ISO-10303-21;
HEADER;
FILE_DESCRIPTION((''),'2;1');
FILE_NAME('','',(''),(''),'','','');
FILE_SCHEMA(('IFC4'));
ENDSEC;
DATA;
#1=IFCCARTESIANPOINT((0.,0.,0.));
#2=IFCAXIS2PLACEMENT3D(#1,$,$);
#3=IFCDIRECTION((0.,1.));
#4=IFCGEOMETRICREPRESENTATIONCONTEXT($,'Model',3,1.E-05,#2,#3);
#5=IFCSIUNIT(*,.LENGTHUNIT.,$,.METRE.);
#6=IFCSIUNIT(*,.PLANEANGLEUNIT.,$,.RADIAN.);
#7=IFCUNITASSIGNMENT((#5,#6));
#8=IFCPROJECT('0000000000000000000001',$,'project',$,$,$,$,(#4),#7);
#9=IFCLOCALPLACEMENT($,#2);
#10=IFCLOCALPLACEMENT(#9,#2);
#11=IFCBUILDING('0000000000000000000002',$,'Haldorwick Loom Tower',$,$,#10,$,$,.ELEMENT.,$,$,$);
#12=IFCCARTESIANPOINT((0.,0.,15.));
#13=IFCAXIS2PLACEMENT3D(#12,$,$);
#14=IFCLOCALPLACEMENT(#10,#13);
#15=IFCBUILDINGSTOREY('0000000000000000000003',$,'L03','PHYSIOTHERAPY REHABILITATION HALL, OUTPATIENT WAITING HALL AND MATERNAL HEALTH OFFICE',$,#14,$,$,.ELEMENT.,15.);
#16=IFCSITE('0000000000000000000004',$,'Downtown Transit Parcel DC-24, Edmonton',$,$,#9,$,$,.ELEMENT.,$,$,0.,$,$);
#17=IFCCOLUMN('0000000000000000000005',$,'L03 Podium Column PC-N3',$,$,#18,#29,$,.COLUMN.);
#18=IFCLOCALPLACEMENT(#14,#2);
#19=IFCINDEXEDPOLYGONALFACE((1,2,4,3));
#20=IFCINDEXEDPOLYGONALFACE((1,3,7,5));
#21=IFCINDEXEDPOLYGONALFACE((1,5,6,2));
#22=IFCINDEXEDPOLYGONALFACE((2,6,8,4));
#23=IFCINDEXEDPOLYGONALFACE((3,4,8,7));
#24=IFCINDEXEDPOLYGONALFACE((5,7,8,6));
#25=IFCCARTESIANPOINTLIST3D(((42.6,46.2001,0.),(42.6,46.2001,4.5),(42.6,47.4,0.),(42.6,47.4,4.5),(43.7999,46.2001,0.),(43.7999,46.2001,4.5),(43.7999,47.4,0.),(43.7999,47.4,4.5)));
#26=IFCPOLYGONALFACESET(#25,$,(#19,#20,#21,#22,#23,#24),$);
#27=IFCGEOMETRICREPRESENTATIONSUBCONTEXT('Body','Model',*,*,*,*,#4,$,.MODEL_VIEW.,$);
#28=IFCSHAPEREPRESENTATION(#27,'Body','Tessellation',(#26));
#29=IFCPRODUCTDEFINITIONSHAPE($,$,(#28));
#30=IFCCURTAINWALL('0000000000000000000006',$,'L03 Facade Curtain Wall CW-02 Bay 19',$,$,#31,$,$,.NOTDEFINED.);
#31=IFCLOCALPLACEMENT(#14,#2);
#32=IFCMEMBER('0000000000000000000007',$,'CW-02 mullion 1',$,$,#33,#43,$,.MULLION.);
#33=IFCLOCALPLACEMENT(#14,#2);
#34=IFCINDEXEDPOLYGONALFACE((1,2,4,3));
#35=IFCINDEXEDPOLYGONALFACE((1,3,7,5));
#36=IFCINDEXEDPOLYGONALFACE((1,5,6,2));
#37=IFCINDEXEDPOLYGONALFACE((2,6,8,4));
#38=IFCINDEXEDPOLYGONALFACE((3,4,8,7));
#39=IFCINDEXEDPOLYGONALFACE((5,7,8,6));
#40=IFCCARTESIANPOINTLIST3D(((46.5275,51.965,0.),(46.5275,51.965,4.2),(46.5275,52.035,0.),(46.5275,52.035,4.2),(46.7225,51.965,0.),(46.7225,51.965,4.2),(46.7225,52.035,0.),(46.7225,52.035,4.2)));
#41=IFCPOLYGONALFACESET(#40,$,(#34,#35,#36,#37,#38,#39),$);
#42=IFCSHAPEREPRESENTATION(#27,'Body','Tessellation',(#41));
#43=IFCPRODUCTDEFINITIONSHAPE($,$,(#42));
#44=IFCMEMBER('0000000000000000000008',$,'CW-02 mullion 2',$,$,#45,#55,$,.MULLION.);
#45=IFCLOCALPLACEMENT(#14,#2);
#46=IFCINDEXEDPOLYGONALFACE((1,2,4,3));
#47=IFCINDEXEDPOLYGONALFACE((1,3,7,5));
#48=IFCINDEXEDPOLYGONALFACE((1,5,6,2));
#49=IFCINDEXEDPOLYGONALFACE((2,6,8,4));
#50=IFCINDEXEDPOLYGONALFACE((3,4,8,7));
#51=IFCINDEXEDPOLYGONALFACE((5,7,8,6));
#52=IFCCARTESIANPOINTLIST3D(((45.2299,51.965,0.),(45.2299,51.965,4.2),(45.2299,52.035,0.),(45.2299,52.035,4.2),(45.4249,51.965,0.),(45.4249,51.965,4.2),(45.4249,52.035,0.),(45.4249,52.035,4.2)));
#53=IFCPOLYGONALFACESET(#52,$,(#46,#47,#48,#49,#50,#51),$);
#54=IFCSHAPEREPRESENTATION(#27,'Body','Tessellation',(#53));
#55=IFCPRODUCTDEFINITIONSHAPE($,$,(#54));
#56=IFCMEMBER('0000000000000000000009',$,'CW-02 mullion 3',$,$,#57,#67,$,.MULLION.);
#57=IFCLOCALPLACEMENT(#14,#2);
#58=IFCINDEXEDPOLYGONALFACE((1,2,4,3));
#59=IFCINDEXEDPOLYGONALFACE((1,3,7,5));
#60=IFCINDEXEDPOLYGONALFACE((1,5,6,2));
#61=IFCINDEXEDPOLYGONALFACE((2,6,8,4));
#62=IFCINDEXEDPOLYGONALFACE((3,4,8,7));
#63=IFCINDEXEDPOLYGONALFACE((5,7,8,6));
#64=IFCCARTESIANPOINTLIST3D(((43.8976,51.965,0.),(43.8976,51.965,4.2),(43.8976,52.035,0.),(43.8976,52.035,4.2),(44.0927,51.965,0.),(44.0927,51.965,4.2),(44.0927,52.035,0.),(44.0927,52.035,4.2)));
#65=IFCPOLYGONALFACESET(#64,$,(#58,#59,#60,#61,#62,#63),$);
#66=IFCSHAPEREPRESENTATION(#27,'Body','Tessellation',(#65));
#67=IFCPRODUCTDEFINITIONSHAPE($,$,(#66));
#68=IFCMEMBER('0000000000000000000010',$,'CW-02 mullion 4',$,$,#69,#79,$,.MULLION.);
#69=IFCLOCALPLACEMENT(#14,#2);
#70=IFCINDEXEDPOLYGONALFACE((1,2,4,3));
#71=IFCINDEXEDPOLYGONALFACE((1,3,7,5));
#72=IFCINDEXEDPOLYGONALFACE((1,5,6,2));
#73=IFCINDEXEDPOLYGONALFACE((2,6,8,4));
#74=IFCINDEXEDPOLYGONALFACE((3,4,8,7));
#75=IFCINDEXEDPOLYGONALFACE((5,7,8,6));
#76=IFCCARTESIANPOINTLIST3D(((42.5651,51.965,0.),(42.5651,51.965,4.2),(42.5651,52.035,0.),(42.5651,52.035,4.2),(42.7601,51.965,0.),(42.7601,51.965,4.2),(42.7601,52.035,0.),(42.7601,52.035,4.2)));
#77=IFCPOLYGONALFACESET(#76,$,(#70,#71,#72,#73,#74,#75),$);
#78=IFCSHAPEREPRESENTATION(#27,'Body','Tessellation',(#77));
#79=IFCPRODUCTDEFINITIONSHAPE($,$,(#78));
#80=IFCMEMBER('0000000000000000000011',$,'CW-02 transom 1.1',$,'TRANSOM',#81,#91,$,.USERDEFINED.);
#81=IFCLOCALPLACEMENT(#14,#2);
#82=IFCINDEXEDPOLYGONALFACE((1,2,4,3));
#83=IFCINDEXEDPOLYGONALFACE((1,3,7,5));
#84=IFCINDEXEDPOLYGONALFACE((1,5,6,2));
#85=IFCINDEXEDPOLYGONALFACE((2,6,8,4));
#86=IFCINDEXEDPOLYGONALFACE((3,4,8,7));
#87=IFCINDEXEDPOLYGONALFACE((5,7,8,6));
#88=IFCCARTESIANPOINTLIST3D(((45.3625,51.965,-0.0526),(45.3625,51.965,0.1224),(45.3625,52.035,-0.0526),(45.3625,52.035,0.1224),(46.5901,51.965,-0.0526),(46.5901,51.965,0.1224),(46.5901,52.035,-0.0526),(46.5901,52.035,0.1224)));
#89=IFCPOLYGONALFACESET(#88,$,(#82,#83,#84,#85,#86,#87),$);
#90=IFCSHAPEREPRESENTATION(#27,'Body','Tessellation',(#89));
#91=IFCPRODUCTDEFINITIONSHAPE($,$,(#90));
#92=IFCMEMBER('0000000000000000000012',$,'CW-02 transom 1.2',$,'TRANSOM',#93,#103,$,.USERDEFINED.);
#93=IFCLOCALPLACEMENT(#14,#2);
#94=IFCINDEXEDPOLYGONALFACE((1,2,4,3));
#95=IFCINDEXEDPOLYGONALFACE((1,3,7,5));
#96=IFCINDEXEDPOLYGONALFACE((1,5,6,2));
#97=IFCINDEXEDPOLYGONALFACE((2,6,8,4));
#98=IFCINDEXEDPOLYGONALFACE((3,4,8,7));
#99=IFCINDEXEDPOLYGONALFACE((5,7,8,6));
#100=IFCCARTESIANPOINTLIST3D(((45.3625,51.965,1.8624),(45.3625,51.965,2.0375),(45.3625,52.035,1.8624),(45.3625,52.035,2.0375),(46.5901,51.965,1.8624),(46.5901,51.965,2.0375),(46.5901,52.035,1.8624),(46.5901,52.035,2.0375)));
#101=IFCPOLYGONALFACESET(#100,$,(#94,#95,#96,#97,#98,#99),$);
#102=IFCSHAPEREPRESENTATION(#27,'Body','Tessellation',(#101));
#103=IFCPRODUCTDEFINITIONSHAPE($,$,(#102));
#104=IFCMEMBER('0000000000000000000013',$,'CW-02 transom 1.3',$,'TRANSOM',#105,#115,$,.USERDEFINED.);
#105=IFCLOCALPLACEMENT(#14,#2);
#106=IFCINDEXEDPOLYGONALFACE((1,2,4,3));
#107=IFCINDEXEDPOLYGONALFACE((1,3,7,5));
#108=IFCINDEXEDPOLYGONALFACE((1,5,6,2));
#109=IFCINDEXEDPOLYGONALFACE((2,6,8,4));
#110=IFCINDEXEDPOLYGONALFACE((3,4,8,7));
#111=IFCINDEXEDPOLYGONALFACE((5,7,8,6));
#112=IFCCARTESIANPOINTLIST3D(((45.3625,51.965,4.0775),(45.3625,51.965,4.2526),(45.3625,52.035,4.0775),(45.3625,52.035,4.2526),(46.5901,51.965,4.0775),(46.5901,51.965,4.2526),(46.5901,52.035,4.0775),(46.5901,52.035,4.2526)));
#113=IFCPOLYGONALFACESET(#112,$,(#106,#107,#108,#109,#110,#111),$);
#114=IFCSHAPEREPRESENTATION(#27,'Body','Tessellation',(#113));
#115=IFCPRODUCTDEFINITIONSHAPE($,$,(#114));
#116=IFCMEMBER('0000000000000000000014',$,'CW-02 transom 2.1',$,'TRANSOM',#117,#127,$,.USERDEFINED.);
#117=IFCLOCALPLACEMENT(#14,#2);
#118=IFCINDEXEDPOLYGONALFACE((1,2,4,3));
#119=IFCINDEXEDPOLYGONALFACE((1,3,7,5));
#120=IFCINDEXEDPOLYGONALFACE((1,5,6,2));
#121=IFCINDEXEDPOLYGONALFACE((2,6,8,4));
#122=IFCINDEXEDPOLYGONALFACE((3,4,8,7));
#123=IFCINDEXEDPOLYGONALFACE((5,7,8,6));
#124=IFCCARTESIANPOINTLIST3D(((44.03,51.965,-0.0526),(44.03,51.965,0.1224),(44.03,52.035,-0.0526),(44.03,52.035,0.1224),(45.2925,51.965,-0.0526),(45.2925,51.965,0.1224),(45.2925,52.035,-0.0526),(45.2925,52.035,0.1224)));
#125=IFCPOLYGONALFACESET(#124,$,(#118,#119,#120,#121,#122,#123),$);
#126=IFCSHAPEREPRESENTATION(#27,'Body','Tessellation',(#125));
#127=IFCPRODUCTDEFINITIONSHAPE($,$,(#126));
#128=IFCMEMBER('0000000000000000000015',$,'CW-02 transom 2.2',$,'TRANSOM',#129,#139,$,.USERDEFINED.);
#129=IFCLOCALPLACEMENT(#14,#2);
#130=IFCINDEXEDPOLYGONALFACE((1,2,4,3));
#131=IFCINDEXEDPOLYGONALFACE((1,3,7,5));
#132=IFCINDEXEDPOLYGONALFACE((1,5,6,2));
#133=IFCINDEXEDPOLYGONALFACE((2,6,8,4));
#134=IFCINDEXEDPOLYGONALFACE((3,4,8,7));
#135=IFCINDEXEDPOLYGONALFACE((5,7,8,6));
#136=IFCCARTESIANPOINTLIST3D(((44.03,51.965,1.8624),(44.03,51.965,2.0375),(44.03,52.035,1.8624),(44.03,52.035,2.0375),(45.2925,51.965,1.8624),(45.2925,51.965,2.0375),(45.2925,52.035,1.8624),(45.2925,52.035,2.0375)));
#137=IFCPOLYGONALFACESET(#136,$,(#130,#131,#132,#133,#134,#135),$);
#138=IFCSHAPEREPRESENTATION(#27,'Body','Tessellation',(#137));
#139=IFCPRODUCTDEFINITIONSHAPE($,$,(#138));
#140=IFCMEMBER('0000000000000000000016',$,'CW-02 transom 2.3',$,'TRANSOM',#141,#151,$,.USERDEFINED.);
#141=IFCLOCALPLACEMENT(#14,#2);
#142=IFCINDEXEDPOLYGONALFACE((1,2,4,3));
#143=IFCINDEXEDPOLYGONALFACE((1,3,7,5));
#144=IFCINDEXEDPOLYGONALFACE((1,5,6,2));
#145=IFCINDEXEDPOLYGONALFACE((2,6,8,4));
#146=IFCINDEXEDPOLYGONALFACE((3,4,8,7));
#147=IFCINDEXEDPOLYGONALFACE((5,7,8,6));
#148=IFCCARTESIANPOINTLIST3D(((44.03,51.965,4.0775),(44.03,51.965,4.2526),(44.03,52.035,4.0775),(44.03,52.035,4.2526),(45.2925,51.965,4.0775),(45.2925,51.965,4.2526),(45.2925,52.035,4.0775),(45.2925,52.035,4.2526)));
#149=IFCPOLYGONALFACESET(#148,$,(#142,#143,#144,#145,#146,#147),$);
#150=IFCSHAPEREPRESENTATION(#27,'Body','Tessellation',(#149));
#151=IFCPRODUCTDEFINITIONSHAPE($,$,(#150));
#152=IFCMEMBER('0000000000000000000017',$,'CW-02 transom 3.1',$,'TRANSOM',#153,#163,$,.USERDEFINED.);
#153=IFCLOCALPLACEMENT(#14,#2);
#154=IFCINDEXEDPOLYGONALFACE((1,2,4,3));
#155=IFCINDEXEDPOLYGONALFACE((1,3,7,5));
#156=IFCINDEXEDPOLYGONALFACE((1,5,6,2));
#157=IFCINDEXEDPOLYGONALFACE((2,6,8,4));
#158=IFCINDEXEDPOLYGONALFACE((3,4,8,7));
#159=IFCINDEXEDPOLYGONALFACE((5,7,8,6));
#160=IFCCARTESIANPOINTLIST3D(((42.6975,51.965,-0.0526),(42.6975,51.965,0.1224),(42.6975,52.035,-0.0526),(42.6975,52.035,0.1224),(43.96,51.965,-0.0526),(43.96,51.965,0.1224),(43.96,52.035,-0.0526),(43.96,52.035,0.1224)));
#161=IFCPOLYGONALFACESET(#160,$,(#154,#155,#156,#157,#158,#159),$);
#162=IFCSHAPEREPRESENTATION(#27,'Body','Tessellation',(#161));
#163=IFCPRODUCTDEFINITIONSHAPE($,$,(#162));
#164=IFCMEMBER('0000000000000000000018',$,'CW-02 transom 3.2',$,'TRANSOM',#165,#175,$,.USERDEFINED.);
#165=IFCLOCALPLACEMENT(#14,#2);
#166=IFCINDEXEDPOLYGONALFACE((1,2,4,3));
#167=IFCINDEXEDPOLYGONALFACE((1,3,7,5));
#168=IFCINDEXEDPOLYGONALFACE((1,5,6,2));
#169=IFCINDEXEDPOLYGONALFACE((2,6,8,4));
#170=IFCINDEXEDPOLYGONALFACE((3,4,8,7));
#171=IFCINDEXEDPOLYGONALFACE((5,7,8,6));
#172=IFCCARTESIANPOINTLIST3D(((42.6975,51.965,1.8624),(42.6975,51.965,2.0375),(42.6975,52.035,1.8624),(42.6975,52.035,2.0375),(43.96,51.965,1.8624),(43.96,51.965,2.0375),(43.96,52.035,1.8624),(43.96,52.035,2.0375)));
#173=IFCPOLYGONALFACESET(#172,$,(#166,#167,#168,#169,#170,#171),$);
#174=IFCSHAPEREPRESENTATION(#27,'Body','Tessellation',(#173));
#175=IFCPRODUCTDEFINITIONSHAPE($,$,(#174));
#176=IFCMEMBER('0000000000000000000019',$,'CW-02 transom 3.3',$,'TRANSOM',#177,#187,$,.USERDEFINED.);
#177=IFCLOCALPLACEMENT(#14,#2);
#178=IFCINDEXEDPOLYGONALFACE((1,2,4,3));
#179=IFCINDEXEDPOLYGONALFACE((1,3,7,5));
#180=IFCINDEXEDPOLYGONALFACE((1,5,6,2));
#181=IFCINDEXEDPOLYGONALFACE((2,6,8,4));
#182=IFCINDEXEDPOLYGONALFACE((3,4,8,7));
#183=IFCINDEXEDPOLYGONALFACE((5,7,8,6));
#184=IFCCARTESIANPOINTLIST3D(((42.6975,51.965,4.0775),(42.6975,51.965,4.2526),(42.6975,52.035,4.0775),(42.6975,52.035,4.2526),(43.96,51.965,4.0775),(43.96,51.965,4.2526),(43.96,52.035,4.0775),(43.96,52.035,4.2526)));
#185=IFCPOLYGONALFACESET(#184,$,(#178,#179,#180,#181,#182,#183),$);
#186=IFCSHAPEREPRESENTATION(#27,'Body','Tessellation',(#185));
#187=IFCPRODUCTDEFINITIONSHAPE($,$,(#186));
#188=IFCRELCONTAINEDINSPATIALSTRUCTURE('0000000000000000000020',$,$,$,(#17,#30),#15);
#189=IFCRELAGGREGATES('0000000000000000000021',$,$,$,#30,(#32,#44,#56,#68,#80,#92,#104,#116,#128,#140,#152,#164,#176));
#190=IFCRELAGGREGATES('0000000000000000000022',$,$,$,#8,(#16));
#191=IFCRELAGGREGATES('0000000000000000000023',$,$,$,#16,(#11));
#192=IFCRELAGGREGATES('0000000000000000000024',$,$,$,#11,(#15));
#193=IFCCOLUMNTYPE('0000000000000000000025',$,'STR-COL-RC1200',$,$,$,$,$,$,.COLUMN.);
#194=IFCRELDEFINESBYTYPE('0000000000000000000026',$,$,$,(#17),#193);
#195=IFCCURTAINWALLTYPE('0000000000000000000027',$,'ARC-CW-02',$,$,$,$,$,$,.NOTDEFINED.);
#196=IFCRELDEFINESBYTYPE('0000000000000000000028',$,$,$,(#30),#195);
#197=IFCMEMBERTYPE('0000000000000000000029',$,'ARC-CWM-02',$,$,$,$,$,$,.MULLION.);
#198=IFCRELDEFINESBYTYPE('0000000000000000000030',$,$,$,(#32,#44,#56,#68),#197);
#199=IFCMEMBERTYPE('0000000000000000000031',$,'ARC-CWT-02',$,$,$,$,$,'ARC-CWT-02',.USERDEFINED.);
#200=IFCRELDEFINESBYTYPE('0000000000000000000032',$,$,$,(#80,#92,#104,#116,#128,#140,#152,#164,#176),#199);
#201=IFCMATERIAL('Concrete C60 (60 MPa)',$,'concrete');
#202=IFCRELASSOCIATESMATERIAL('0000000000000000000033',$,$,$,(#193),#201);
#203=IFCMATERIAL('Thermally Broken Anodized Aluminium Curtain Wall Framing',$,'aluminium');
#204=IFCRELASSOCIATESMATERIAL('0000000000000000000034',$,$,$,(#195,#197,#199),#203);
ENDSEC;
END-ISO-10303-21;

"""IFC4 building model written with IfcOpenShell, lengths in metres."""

from ifc_helpers import new_model, si_unit, direction, frame, origin, origin_2d, place, context, subcontext, project, spatial, rectangle, extrude, material, material_profile, profile_set, type_object, element, aggregate, save


model = new_model("IFC4")

# Units and contexts
model_context = context("Model", 3, precision=1e-05, world=origin(), true_north=direction((0.0, 1.0)))
body_context = subcontext(model_context, "Body", "Model", "MODEL_VIEW")
ifc_project = project(units=[si_unit("LENGTHUNIT", "METRE"), si_unit("PLANEANGLEUNIT", "RADIAN")], contexts=[model_context])

# Site, building, storey
site_placement = place(None, origin())
site = spatial("IfcSite", under=ifc_project, at=site_placement, Name="Downtown Transit Parcel DC-24, Edmonton", CompositionType="ELEMENT", RefElevation=0.0)
building_placement = place(site_placement, origin())
building = spatial("IfcBuilding", under=site, at=building_placement, Name="Haldorwick Loom Tower", CompositionType="ELEMENT")
storey_placement = place(building_placement, frame((0.0, 0.0, 15.0)))
storey = spatial("IfcBuildingStorey", under=building, at=storey_placement, Name="L03", Description="PHYSIOTHERAPY REHABILITATION HALL, OUTPATIENT WAITING HALL AND MATERNAL HEALTH OFFICE", CompositionType="ELEMENT", Elevation=15.0)

# Column
ifc_material_1 = material(Name="Concrete C60 (60 MPa)", Category="concrete")
ifc_material_profile_1 = material_profile(ifc_material_1, rectangle(XDim=1.2, YDim=1.2, at=origin_2d()), Name="RC1200X1200", Category="concrete")
ifc_profile_set_1 = profile_set([ifc_material_profile_1], Name="Concrete C60 (60 MPa)")
column_type = type_object("IfcColumnType", Name="STR-COL-RC1200", PredefinedType="COLUMN", material=ifc_profile_set_1)
column_placement = place(storey_placement, frame((43.2, 46.8, 0.0), z_axis=(0.0, 0.0, 1.0), x_axis=(1.0, 0.0, 0.0)))
element("IfcColumn", 1, at=column_placement, inside=storey, type_object=column_type, Name="L03 Podium Column PC-N3", PredefinedType="COLUMN", context=body_context, shape_type="SweptSolid", body=[
    extrude(rectangle(XDim=1.2, YDim=1.2, at=origin_2d()), origin(), (0.0, 0.0, 1.0), 4.5),
])

# Curtain wall, members
ifc_material_2 = material(Name="Thermally Broken Anodized Aluminium Curtain Wall Framing", Category="aluminium")
curtain_wall_type = type_object("IfcCurtainWallType", Name="ARC-CW-02", PredefinedType="NOTDEFINED", material=ifc_material_2)
curtain_wall_placement = place(storey_placement, origin())
curtain_wall = element("IfcCurtainWall", 2, at=curtain_wall_placement, inside=storey, type_object=curtain_wall_type, Name="L03 Facade Curtain Wall CW-02 Bay 19", PredefinedType="NOTDEFINED")
ifc_material_profile_2 = material_profile(ifc_material_2, rectangle(XDim=0.0701, YDim=0.1951, at=origin_2d()), Name="ALU_MUL_70X195", Category="aluminium")
ifc_profile_set_2 = profile_set([ifc_material_profile_2], Name="Thermally Broken Anodized Aluminium Curtain Wall Framing")
member_type_1 = type_object("IfcMemberType", Name="ARC-CWM-02", PredefinedType="MULLION", material=ifc_profile_set_2)
member_1_placement = place(storey_placement, frame((46.625, 52.0, 0.0), z_axis=(0.0, 0.0, 1.0), x_axis=(0.0, -1.0, 0.0)))
member_1 = element("IfcMember", 3, at=member_1_placement, type_object=member_type_1, Name="CW-02 mullion 1", PredefinedType="MULLION", context=body_context, shape_type="SweptSolid", body=[
    extrude(rectangle(XDim=0.0701, YDim=0.1951, at=origin_2d()), origin(), (0.0, 0.0, 1.0), 4.2),
])
member_2_placement = place(storey_placement, frame((45.3274, 52.0, 0.0), z_axis=(0.0, 0.0, 1.0), x_axis=(0.0, -1.0, 0.0)))
member_2 = element("IfcMember", 4, at=member_2_placement, type_object=member_type_1, Name="CW-02 mullion 2", PredefinedType="MULLION", context=body_context, shape_type="SweptSolid", body=[
    extrude(rectangle(XDim=0.0701, YDim=0.1951, at=origin_2d()), origin(), (0.0, 0.0, 1.0), 4.2),
])
member_3_placement = place(storey_placement, frame((43.9951, 52.0, 0.0), z_axis=(0.0, 0.0, 1.0), x_axis=(0.0, -1.0, 0.0)))
member_3 = element("IfcMember", 5, at=member_3_placement, type_object=member_type_1, Name="CW-02 mullion 3", PredefinedType="MULLION", context=body_context, shape_type="SweptSolid", body=[
    extrude(rectangle(XDim=0.0701, YDim=0.1951, at=origin_2d()), origin(), (0.0, 0.0, 1.0), 4.2),
])
member_4_placement = place(storey_placement, frame((42.6626, 52.0, 0.0), z_axis=(0.0, 0.0, 1.0), x_axis=(0.0, -1.0, 0.0)))
member_4 = element("IfcMember", 6, at=member_4_placement, type_object=member_type_1, Name="CW-02 mullion 4", PredefinedType="MULLION", context=body_context, shape_type="SweptSolid", body=[
    extrude(rectangle(XDim=0.0701, YDim=0.1951, at=origin_2d()), origin(), (0.0, 0.0, 1.0), 4.2),
])
ifc_material_profile_3 = material_profile(ifc_material_2, rectangle(XDim=0.0701, YDim=0.175, at=origin_2d()), Name="ALU_TRN_70X175", Category="aluminium")
ifc_profile_set_3 = profile_set([ifc_material_profile_3], Name="Thermally Broken Anodized Aluminium Curtain Wall Framing")
member_type_2 = type_object("IfcMemberType", Name="ARC-CWT-02", ElementType="ARC-CWT-02", PredefinedType="USERDEFINED", material=ifc_profile_set_3)
member_5_placement = place(storey_placement, frame((46.5901, 52.0, 0.0349), z_axis=(-1.0, 0.0, 0.0), x_axis=(0.0, -1.0, 0.0)))
member_5 = element("IfcMember", 7, at=member_5_placement, type_object=member_type_2, Name="CW-02 transom 1.1", ObjectType="TRANSOM", PredefinedType="USERDEFINED", context=body_context, shape_type="SweptSolid", body=[
    extrude(rectangle(XDim=0.0701, YDim=0.175, at=origin_2d()), origin(), (0.0, 0.0, 1.0), 1.2275),
])
member_6_placement = place(storey_placement, frame((46.5901, 52.0, 1.95), z_axis=(-1.0, 0.0, 0.0), x_axis=(0.0, -1.0, 0.0)))
member_6 = element("IfcMember", 8, at=member_6_placement, type_object=member_type_2, Name="CW-02 transom 1.2", ObjectType="TRANSOM", PredefinedType="USERDEFINED", context=body_context, shape_type="SweptSolid", body=[
    extrude(rectangle(XDim=0.0701, YDim=0.175, at=origin_2d()), origin(), (0.0, 0.0, 1.0), 1.2275),
])
member_7_placement = place(storey_placement, frame((46.5901, 52.0, 4.165), z_axis=(-1.0, 0.0, 0.0), x_axis=(0.0, -1.0, 0.0)))
member_7 = element("IfcMember", 9, at=member_7_placement, type_object=member_type_2, Name="CW-02 transom 1.3", ObjectType="TRANSOM", PredefinedType="USERDEFINED", context=body_context, shape_type="SweptSolid", body=[
    extrude(rectangle(XDim=0.0701, YDim=0.175, at=origin_2d()), origin(), (0.0, 0.0, 1.0), 1.2275),
])
member_8_placement = place(storey_placement, frame((45.2925, 52.0, 0.0349), z_axis=(-1.0, 0.0, 0.0), x_axis=(0.0, -1.0, 0.0)))
member_8 = element("IfcMember", 10, at=member_8_placement, type_object=member_type_2, Name="CW-02 transom 2.1", ObjectType="TRANSOM", PredefinedType="USERDEFINED", context=body_context, shape_type="SweptSolid", body=[
    extrude(rectangle(XDim=0.0701, YDim=0.175, at=origin_2d()), origin(), (0.0, 0.0, 1.0), 1.2625),
])
member_9_placement = place(storey_placement, frame((45.2925, 52.0, 1.95), z_axis=(-1.0, 0.0, 0.0), x_axis=(0.0, -1.0, 0.0)))
member_9 = element("IfcMember", 11, at=member_9_placement, type_object=member_type_2, Name="CW-02 transom 2.2", ObjectType="TRANSOM", PredefinedType="USERDEFINED", context=body_context, shape_type="SweptSolid", body=[
    extrude(rectangle(XDim=0.0701, YDim=0.175, at=origin_2d()), origin(), (0.0, 0.0, 1.0), 1.2625),
])
member_10_placement = place(storey_placement, frame((45.2925, 52.0, 4.165), z_axis=(-1.0, 0.0, 0.0), x_axis=(0.0, -1.0, 0.0)))
member_10 = element("IfcMember", 12, at=member_10_placement, type_object=member_type_2, Name="CW-02 transom 2.3", ObjectType="TRANSOM", PredefinedType="USERDEFINED", context=body_context, shape_type="SweptSolid", body=[
    extrude(rectangle(XDim=0.0701, YDim=0.175, at=origin_2d()), origin(), (0.0, 0.0, 1.0), 1.2625),
])
member_11_placement = place(storey_placement, frame((43.96, 52.0, 0.0349), z_axis=(-1.0, 0.0, 0.0), x_axis=(0.0, -1.0, 0.0)))
member_11 = element("IfcMember", 13, at=member_11_placement, type_object=member_type_2, Name="CW-02 transom 3.1", ObjectType="TRANSOM", PredefinedType="USERDEFINED", context=body_context, shape_type="SweptSolid", body=[
    extrude(rectangle(XDim=0.0701, YDim=0.175, at=origin_2d()), origin(), (0.0, 0.0, 1.0), 1.2625),
])
member_12_placement = place(storey_placement, frame((43.96, 52.0, 1.95), z_axis=(-1.0, 0.0, 0.0), x_axis=(0.0, -1.0, 0.0)))
member_12 = element("IfcMember", 14, at=member_12_placement, type_object=member_type_2, Name="CW-02 transom 3.2", ObjectType="TRANSOM", PredefinedType="USERDEFINED", context=body_context, shape_type="SweptSolid", body=[
    extrude(rectangle(XDim=0.0701, YDim=0.175, at=origin_2d()), origin(), (0.0, 0.0, 1.0), 1.2625),
])
member_13_placement = place(storey_placement, frame((43.96, 52.0, 4.165), z_axis=(-1.0, 0.0, 0.0), x_axis=(0.0, -1.0, 0.0)))
member_13 = element("IfcMember", 15, at=member_13_placement, type_object=member_type_2, Name="CW-02 transom 3.3", ObjectType="TRANSOM", PredefinedType="USERDEFINED", context=body_context, shape_type="SweptSolid", body=[
    extrude(rectangle(XDim=0.0701, YDim=0.175, at=origin_2d()), origin(), (0.0, 0.0, 1.0), 1.2625),
])

aggregate(curtain_wall, [member_1, member_2, member_3, member_4, member_5, member_6, member_7, member_8, member_9, member_10, member_11, member_12, member_13])

save(model, "model.ifc")
